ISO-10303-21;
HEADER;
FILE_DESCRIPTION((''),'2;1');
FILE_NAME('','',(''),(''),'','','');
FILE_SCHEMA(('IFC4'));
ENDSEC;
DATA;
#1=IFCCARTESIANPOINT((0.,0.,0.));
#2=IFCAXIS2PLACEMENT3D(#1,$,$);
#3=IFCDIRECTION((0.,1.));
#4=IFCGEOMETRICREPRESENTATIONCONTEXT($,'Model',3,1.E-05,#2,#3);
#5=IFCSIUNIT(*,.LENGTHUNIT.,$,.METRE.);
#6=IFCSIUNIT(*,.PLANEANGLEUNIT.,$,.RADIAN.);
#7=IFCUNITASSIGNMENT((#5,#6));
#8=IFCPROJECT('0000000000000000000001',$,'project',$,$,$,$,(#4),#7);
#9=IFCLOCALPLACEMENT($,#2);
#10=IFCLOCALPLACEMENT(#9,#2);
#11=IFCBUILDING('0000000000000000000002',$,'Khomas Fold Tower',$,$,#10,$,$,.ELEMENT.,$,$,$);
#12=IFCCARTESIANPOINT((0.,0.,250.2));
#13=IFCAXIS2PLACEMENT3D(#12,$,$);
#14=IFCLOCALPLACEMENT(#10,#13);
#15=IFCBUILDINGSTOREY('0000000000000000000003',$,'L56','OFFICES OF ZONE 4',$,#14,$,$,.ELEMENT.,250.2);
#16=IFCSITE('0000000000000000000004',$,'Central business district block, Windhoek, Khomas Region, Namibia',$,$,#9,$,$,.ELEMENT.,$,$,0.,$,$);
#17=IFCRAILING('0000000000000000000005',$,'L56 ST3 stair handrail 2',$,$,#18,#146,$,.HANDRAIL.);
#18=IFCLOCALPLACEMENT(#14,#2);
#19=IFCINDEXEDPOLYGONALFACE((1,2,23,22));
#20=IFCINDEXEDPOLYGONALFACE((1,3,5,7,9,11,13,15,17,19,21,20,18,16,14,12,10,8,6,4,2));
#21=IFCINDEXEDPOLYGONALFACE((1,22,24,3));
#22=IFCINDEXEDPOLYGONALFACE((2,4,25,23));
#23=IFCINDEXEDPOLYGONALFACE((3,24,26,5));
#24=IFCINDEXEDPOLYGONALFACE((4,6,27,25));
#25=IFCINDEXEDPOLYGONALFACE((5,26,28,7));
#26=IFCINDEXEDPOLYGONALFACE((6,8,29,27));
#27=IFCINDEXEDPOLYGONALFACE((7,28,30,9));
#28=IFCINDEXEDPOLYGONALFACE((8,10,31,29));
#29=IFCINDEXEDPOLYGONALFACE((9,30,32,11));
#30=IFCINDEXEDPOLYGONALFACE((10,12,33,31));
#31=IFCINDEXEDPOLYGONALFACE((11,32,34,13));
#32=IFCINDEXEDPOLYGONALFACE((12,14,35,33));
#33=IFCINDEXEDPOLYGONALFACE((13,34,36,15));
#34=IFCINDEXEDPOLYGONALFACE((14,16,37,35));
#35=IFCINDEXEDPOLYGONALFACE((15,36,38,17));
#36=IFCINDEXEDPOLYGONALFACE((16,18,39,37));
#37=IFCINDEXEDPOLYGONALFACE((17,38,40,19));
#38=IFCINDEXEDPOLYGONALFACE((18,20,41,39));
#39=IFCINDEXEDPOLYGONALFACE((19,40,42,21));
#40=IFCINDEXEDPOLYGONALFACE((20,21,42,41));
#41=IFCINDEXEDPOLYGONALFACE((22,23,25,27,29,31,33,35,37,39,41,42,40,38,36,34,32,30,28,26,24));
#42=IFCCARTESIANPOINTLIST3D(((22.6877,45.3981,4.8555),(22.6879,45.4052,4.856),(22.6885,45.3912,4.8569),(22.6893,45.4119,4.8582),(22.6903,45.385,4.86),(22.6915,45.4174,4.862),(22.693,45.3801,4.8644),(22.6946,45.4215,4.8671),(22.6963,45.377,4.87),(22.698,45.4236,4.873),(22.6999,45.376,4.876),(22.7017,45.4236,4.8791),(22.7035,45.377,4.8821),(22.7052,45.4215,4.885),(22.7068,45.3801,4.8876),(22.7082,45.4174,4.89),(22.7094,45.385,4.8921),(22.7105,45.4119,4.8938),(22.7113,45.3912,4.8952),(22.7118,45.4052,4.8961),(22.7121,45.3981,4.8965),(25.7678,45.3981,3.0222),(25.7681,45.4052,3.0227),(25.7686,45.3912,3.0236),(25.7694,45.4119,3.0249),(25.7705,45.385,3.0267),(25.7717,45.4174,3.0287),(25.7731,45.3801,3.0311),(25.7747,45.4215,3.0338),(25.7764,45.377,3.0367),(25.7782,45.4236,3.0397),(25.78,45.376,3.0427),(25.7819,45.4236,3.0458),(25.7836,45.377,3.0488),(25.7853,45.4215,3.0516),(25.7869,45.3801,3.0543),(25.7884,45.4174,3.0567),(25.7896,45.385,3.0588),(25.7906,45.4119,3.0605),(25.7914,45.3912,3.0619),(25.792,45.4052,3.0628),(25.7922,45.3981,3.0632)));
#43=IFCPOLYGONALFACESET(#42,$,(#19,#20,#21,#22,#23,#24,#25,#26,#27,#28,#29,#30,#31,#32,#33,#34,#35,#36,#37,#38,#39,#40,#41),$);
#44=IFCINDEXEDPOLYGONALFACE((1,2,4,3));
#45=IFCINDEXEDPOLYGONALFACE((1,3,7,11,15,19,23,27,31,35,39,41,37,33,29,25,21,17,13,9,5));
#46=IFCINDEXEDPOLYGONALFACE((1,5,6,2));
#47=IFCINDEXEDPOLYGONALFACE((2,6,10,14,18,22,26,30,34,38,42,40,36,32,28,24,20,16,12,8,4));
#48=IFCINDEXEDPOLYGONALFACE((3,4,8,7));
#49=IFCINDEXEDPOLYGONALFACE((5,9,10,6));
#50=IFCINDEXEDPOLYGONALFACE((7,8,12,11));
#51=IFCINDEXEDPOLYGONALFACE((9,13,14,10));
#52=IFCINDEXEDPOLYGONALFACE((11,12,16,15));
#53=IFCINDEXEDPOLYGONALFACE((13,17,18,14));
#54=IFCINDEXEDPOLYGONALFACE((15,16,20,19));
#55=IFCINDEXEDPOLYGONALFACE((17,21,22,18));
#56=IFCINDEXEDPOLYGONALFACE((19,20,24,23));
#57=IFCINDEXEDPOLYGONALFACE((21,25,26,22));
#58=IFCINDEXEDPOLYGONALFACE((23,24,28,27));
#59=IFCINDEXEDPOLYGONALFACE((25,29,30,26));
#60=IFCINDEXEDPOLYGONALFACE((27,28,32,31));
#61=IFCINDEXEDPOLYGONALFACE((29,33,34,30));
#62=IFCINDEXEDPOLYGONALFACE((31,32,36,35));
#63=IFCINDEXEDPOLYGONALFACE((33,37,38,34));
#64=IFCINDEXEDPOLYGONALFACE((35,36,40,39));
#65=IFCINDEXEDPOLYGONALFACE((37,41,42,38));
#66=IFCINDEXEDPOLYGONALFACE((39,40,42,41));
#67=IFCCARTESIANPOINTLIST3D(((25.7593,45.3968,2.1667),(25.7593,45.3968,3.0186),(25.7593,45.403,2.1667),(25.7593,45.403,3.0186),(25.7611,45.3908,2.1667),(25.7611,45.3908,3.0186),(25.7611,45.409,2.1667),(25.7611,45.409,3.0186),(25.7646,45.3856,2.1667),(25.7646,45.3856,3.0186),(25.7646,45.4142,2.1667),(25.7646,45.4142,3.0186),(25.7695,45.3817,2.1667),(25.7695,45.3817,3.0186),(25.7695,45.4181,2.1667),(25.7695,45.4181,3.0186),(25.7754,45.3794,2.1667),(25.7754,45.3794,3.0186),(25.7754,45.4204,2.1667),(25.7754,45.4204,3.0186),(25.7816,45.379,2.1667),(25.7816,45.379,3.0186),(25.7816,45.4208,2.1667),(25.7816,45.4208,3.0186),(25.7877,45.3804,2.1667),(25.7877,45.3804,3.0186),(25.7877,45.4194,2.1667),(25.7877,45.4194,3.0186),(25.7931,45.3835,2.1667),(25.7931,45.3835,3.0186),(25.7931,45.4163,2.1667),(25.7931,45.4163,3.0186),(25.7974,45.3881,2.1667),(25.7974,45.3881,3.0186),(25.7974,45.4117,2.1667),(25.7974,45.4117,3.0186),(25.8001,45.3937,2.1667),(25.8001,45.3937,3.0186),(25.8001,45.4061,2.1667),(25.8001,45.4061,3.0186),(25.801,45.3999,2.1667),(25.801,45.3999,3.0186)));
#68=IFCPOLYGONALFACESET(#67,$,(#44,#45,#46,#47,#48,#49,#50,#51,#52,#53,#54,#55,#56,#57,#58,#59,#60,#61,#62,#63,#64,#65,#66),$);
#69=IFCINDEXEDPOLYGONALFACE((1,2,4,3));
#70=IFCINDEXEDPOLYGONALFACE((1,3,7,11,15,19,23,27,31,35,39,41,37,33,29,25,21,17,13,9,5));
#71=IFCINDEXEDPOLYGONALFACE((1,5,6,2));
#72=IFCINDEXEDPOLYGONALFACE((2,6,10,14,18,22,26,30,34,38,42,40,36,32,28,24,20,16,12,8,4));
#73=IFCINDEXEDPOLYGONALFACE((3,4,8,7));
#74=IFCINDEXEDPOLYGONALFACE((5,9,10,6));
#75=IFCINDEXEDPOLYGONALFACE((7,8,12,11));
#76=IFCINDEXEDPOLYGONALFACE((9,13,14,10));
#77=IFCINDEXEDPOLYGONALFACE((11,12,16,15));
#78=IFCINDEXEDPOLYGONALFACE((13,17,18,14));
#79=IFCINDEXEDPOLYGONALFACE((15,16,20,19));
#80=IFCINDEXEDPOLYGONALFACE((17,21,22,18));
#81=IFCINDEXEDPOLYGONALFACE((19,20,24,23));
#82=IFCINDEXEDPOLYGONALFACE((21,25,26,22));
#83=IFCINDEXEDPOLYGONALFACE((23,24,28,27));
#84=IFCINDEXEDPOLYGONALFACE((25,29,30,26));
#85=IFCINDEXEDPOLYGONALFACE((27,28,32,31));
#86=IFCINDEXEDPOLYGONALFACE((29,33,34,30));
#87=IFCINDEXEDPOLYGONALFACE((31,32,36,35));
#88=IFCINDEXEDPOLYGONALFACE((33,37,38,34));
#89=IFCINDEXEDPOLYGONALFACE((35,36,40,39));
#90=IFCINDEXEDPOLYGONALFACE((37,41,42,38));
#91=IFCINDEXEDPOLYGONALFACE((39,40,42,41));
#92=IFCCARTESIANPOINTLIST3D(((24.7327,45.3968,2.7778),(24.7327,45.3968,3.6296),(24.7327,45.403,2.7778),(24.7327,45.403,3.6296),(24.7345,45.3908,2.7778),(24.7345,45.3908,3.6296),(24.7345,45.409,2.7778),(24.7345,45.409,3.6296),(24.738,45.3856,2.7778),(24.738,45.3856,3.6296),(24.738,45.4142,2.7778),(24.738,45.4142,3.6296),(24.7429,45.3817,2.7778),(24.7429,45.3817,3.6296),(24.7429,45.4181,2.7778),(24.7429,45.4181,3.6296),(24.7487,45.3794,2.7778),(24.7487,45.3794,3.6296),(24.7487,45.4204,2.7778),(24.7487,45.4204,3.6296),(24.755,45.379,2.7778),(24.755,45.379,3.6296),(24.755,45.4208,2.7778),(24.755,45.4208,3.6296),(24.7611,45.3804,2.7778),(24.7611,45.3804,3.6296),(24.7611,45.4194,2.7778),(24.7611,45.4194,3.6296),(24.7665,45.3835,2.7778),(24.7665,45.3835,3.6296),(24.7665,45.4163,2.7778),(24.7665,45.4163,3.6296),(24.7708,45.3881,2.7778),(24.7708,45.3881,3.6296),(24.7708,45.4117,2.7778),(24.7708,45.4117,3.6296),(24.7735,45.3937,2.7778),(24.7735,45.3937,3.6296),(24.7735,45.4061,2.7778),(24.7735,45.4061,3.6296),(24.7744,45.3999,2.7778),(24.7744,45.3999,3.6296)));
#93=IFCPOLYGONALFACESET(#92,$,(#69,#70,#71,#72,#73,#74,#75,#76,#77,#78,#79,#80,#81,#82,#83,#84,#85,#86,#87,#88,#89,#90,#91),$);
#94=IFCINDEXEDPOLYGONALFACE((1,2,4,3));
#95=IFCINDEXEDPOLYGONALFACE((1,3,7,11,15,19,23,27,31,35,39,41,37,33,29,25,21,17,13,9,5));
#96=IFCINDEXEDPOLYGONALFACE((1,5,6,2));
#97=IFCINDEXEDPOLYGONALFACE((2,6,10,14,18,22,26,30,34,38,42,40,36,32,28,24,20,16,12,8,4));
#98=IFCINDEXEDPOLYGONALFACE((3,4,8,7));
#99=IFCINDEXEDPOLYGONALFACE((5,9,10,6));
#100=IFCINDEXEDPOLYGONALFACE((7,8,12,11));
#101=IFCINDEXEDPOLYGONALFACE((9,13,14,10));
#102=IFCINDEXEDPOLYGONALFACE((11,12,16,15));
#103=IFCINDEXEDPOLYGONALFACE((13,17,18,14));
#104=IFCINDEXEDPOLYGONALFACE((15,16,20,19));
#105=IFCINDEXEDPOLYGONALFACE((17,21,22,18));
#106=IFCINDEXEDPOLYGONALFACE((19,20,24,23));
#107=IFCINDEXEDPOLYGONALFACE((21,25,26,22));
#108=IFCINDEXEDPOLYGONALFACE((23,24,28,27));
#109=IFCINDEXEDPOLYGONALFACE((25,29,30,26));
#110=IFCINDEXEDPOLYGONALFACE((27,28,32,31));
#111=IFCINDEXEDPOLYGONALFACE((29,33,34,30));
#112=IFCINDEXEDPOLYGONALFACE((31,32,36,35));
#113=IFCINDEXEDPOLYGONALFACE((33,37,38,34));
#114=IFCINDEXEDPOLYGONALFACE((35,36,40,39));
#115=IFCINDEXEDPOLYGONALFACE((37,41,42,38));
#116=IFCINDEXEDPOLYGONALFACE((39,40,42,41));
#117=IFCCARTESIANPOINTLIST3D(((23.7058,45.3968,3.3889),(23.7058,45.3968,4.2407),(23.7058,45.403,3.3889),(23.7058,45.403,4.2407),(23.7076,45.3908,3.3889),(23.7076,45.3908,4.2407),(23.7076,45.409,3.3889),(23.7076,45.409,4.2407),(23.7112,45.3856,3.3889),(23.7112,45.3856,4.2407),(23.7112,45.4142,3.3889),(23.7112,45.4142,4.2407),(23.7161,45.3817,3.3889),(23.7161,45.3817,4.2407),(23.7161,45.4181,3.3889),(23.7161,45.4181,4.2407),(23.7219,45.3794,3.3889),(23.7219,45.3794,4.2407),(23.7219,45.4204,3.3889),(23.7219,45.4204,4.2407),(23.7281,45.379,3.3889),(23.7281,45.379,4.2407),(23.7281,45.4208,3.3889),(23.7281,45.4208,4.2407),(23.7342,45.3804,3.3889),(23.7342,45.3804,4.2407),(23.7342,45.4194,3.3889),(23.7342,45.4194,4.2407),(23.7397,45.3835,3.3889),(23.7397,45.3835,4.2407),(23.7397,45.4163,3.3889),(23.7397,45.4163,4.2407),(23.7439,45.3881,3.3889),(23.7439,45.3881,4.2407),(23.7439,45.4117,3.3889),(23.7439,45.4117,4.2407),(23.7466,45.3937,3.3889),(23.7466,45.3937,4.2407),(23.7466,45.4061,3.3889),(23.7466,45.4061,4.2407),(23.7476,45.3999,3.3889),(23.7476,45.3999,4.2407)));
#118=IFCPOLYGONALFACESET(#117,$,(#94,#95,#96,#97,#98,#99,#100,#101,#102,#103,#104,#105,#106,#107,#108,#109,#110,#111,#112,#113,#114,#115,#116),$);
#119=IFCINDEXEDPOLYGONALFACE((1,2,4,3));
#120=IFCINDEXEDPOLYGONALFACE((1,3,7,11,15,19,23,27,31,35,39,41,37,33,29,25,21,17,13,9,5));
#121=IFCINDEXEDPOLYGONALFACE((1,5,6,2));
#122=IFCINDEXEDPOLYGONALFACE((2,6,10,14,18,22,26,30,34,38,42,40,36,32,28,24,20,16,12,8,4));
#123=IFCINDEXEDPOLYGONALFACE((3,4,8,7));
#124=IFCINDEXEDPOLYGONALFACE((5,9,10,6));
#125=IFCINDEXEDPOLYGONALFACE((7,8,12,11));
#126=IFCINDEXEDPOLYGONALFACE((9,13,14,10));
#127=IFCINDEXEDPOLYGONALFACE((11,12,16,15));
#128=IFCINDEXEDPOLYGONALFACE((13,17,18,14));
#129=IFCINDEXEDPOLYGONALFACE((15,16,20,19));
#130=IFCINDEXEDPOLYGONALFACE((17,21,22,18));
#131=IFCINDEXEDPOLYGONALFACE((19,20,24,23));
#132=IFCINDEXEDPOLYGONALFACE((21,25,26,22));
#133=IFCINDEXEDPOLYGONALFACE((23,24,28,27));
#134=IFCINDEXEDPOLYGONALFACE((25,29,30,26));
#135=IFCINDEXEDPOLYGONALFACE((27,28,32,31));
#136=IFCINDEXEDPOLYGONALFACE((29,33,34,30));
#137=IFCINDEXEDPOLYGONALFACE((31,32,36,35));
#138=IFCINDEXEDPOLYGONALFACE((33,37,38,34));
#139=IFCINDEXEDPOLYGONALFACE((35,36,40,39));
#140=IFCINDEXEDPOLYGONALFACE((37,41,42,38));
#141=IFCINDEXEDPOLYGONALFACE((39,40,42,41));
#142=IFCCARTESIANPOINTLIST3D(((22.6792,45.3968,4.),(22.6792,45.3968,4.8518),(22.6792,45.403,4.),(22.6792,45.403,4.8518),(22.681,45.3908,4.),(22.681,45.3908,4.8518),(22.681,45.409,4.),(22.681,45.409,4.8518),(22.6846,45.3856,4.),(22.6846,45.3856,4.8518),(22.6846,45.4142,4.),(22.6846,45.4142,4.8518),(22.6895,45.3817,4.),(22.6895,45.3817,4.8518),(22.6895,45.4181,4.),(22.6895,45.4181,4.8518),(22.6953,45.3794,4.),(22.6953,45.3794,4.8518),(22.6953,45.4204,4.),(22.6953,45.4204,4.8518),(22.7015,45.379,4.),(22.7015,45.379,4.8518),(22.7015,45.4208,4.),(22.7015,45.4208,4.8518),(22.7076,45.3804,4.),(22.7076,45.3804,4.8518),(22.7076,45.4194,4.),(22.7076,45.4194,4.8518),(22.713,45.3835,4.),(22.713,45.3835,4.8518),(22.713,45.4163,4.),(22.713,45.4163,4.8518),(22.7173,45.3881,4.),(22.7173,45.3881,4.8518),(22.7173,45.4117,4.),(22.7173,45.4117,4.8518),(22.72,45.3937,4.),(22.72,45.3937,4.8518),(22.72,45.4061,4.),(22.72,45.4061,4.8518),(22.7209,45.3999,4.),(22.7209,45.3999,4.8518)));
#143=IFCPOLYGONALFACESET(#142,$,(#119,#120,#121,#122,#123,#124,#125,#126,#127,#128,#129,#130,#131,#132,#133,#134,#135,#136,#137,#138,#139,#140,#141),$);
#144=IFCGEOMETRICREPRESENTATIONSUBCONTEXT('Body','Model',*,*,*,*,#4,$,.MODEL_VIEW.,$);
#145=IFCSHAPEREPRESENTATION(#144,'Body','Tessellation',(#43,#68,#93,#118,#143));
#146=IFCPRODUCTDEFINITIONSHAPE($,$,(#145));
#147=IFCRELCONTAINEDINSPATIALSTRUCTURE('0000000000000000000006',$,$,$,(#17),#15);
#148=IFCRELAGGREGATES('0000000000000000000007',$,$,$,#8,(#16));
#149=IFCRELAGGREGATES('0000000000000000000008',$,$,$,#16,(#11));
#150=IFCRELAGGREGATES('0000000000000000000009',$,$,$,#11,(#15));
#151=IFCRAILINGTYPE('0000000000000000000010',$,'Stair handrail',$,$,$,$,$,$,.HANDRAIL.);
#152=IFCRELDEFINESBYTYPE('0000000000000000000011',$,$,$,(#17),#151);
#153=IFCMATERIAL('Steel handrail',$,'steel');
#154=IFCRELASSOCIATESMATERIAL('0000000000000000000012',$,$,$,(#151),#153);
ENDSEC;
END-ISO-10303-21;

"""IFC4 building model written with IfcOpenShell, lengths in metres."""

from ifc_helpers import new_model, si_unit, direction, frame, origin, origin_2d, place, context, subcontext, project, spatial, circle, extrude, source, transform, mapped, material, type_object, element, save


model = new_model("IFC4")

# Units and contexts
model_context = context("Model", 3, precision=1e-05, world=origin(), true_north=direction((0.0, 1.0)))
body_context = subcontext(model_context, "Body", "Model", "MODEL_VIEW")
ifc_project = project(units=[si_unit("LENGTHUNIT", "METRE"), si_unit("PLANEANGLEUNIT", "RADIAN")], contexts=[model_context])

# Site, building, storey
site_placement = place(None, origin())
site = spatial("IfcSite", under=ifc_project, at=site_placement, Name="Central business district block, Windhoek, Khomas Region, Namibia", CompositionType="ELEMENT", RefElevation=0.0)
building_placement = place(site_placement, origin())
building = spatial("IfcBuilding", under=site, at=building_placement, Name="Khomas Fold Tower", CompositionType="ELEMENT")
storey_placement = place(building_placement, frame((0.0, 0.0, 250.2)))
storey = spatial("IfcBuildingStorey", under=building, at=storey_placement, Name="L56", Description="OFFICES OF ZONE 4", CompositionType="ELEMENT", Elevation=250.2)

# Railing
ifc_material_1 = material(Name="Steel handrail", Category="steel")
railing_type_1 = type_object("IfcRailingType", Name="Stair handrail", PredefinedType="HANDRAIL", material=ifc_material_1)
shared_shape_1 = source(origin(), body_context, "Body", "SweptSolid", [
    extrude(circle(Radius=0.0239, at=origin_2d()), frame((0.0, 0.0, 0.876), z_axis=(-0.859309, 0.0, 0.511458), x_axis=(0.0, -1.0, 0.0)), (0.0, 0.0, 1.0), 3.5845),
    extrude(circle(Radius=0.021, at=origin_2d()), origin(), (0.0, 0.0, 1.0), 0.8518),
    extrude(circle(Radius=0.021, at=origin_2d()), frame((-1.0266, 0.0, 0.6111)), (0.0, 0.0, 1.0), 0.8518),
    extrude(circle(Radius=0.021, at=origin_2d()), frame((-2.0535, 0.0, 1.2222)), (0.0, 0.0, 1.0), 0.8518),
    extrude(circle(Radius=0.021, at=origin_2d()), frame((-3.0801, 0.0, 1.8333)), (0.0, 0.0, 1.0), 0.8518),
])
railing_1_placement = place(storey_placement, frame((25.78, 45.3999, 2.1667)))
element("IfcRailing", 1, at=railing_1_placement, inside=storey, type_object=railing_type_1, Name="L56 ST3 stair handrail 2", PredefinedType="HANDRAIL", context=body_context, shape_type="MappedRepresentation", body=[
    mapped(shared_shape_1, transform((0.0, 0.0, 0.0))),
])

save(model, "model.ifc")
